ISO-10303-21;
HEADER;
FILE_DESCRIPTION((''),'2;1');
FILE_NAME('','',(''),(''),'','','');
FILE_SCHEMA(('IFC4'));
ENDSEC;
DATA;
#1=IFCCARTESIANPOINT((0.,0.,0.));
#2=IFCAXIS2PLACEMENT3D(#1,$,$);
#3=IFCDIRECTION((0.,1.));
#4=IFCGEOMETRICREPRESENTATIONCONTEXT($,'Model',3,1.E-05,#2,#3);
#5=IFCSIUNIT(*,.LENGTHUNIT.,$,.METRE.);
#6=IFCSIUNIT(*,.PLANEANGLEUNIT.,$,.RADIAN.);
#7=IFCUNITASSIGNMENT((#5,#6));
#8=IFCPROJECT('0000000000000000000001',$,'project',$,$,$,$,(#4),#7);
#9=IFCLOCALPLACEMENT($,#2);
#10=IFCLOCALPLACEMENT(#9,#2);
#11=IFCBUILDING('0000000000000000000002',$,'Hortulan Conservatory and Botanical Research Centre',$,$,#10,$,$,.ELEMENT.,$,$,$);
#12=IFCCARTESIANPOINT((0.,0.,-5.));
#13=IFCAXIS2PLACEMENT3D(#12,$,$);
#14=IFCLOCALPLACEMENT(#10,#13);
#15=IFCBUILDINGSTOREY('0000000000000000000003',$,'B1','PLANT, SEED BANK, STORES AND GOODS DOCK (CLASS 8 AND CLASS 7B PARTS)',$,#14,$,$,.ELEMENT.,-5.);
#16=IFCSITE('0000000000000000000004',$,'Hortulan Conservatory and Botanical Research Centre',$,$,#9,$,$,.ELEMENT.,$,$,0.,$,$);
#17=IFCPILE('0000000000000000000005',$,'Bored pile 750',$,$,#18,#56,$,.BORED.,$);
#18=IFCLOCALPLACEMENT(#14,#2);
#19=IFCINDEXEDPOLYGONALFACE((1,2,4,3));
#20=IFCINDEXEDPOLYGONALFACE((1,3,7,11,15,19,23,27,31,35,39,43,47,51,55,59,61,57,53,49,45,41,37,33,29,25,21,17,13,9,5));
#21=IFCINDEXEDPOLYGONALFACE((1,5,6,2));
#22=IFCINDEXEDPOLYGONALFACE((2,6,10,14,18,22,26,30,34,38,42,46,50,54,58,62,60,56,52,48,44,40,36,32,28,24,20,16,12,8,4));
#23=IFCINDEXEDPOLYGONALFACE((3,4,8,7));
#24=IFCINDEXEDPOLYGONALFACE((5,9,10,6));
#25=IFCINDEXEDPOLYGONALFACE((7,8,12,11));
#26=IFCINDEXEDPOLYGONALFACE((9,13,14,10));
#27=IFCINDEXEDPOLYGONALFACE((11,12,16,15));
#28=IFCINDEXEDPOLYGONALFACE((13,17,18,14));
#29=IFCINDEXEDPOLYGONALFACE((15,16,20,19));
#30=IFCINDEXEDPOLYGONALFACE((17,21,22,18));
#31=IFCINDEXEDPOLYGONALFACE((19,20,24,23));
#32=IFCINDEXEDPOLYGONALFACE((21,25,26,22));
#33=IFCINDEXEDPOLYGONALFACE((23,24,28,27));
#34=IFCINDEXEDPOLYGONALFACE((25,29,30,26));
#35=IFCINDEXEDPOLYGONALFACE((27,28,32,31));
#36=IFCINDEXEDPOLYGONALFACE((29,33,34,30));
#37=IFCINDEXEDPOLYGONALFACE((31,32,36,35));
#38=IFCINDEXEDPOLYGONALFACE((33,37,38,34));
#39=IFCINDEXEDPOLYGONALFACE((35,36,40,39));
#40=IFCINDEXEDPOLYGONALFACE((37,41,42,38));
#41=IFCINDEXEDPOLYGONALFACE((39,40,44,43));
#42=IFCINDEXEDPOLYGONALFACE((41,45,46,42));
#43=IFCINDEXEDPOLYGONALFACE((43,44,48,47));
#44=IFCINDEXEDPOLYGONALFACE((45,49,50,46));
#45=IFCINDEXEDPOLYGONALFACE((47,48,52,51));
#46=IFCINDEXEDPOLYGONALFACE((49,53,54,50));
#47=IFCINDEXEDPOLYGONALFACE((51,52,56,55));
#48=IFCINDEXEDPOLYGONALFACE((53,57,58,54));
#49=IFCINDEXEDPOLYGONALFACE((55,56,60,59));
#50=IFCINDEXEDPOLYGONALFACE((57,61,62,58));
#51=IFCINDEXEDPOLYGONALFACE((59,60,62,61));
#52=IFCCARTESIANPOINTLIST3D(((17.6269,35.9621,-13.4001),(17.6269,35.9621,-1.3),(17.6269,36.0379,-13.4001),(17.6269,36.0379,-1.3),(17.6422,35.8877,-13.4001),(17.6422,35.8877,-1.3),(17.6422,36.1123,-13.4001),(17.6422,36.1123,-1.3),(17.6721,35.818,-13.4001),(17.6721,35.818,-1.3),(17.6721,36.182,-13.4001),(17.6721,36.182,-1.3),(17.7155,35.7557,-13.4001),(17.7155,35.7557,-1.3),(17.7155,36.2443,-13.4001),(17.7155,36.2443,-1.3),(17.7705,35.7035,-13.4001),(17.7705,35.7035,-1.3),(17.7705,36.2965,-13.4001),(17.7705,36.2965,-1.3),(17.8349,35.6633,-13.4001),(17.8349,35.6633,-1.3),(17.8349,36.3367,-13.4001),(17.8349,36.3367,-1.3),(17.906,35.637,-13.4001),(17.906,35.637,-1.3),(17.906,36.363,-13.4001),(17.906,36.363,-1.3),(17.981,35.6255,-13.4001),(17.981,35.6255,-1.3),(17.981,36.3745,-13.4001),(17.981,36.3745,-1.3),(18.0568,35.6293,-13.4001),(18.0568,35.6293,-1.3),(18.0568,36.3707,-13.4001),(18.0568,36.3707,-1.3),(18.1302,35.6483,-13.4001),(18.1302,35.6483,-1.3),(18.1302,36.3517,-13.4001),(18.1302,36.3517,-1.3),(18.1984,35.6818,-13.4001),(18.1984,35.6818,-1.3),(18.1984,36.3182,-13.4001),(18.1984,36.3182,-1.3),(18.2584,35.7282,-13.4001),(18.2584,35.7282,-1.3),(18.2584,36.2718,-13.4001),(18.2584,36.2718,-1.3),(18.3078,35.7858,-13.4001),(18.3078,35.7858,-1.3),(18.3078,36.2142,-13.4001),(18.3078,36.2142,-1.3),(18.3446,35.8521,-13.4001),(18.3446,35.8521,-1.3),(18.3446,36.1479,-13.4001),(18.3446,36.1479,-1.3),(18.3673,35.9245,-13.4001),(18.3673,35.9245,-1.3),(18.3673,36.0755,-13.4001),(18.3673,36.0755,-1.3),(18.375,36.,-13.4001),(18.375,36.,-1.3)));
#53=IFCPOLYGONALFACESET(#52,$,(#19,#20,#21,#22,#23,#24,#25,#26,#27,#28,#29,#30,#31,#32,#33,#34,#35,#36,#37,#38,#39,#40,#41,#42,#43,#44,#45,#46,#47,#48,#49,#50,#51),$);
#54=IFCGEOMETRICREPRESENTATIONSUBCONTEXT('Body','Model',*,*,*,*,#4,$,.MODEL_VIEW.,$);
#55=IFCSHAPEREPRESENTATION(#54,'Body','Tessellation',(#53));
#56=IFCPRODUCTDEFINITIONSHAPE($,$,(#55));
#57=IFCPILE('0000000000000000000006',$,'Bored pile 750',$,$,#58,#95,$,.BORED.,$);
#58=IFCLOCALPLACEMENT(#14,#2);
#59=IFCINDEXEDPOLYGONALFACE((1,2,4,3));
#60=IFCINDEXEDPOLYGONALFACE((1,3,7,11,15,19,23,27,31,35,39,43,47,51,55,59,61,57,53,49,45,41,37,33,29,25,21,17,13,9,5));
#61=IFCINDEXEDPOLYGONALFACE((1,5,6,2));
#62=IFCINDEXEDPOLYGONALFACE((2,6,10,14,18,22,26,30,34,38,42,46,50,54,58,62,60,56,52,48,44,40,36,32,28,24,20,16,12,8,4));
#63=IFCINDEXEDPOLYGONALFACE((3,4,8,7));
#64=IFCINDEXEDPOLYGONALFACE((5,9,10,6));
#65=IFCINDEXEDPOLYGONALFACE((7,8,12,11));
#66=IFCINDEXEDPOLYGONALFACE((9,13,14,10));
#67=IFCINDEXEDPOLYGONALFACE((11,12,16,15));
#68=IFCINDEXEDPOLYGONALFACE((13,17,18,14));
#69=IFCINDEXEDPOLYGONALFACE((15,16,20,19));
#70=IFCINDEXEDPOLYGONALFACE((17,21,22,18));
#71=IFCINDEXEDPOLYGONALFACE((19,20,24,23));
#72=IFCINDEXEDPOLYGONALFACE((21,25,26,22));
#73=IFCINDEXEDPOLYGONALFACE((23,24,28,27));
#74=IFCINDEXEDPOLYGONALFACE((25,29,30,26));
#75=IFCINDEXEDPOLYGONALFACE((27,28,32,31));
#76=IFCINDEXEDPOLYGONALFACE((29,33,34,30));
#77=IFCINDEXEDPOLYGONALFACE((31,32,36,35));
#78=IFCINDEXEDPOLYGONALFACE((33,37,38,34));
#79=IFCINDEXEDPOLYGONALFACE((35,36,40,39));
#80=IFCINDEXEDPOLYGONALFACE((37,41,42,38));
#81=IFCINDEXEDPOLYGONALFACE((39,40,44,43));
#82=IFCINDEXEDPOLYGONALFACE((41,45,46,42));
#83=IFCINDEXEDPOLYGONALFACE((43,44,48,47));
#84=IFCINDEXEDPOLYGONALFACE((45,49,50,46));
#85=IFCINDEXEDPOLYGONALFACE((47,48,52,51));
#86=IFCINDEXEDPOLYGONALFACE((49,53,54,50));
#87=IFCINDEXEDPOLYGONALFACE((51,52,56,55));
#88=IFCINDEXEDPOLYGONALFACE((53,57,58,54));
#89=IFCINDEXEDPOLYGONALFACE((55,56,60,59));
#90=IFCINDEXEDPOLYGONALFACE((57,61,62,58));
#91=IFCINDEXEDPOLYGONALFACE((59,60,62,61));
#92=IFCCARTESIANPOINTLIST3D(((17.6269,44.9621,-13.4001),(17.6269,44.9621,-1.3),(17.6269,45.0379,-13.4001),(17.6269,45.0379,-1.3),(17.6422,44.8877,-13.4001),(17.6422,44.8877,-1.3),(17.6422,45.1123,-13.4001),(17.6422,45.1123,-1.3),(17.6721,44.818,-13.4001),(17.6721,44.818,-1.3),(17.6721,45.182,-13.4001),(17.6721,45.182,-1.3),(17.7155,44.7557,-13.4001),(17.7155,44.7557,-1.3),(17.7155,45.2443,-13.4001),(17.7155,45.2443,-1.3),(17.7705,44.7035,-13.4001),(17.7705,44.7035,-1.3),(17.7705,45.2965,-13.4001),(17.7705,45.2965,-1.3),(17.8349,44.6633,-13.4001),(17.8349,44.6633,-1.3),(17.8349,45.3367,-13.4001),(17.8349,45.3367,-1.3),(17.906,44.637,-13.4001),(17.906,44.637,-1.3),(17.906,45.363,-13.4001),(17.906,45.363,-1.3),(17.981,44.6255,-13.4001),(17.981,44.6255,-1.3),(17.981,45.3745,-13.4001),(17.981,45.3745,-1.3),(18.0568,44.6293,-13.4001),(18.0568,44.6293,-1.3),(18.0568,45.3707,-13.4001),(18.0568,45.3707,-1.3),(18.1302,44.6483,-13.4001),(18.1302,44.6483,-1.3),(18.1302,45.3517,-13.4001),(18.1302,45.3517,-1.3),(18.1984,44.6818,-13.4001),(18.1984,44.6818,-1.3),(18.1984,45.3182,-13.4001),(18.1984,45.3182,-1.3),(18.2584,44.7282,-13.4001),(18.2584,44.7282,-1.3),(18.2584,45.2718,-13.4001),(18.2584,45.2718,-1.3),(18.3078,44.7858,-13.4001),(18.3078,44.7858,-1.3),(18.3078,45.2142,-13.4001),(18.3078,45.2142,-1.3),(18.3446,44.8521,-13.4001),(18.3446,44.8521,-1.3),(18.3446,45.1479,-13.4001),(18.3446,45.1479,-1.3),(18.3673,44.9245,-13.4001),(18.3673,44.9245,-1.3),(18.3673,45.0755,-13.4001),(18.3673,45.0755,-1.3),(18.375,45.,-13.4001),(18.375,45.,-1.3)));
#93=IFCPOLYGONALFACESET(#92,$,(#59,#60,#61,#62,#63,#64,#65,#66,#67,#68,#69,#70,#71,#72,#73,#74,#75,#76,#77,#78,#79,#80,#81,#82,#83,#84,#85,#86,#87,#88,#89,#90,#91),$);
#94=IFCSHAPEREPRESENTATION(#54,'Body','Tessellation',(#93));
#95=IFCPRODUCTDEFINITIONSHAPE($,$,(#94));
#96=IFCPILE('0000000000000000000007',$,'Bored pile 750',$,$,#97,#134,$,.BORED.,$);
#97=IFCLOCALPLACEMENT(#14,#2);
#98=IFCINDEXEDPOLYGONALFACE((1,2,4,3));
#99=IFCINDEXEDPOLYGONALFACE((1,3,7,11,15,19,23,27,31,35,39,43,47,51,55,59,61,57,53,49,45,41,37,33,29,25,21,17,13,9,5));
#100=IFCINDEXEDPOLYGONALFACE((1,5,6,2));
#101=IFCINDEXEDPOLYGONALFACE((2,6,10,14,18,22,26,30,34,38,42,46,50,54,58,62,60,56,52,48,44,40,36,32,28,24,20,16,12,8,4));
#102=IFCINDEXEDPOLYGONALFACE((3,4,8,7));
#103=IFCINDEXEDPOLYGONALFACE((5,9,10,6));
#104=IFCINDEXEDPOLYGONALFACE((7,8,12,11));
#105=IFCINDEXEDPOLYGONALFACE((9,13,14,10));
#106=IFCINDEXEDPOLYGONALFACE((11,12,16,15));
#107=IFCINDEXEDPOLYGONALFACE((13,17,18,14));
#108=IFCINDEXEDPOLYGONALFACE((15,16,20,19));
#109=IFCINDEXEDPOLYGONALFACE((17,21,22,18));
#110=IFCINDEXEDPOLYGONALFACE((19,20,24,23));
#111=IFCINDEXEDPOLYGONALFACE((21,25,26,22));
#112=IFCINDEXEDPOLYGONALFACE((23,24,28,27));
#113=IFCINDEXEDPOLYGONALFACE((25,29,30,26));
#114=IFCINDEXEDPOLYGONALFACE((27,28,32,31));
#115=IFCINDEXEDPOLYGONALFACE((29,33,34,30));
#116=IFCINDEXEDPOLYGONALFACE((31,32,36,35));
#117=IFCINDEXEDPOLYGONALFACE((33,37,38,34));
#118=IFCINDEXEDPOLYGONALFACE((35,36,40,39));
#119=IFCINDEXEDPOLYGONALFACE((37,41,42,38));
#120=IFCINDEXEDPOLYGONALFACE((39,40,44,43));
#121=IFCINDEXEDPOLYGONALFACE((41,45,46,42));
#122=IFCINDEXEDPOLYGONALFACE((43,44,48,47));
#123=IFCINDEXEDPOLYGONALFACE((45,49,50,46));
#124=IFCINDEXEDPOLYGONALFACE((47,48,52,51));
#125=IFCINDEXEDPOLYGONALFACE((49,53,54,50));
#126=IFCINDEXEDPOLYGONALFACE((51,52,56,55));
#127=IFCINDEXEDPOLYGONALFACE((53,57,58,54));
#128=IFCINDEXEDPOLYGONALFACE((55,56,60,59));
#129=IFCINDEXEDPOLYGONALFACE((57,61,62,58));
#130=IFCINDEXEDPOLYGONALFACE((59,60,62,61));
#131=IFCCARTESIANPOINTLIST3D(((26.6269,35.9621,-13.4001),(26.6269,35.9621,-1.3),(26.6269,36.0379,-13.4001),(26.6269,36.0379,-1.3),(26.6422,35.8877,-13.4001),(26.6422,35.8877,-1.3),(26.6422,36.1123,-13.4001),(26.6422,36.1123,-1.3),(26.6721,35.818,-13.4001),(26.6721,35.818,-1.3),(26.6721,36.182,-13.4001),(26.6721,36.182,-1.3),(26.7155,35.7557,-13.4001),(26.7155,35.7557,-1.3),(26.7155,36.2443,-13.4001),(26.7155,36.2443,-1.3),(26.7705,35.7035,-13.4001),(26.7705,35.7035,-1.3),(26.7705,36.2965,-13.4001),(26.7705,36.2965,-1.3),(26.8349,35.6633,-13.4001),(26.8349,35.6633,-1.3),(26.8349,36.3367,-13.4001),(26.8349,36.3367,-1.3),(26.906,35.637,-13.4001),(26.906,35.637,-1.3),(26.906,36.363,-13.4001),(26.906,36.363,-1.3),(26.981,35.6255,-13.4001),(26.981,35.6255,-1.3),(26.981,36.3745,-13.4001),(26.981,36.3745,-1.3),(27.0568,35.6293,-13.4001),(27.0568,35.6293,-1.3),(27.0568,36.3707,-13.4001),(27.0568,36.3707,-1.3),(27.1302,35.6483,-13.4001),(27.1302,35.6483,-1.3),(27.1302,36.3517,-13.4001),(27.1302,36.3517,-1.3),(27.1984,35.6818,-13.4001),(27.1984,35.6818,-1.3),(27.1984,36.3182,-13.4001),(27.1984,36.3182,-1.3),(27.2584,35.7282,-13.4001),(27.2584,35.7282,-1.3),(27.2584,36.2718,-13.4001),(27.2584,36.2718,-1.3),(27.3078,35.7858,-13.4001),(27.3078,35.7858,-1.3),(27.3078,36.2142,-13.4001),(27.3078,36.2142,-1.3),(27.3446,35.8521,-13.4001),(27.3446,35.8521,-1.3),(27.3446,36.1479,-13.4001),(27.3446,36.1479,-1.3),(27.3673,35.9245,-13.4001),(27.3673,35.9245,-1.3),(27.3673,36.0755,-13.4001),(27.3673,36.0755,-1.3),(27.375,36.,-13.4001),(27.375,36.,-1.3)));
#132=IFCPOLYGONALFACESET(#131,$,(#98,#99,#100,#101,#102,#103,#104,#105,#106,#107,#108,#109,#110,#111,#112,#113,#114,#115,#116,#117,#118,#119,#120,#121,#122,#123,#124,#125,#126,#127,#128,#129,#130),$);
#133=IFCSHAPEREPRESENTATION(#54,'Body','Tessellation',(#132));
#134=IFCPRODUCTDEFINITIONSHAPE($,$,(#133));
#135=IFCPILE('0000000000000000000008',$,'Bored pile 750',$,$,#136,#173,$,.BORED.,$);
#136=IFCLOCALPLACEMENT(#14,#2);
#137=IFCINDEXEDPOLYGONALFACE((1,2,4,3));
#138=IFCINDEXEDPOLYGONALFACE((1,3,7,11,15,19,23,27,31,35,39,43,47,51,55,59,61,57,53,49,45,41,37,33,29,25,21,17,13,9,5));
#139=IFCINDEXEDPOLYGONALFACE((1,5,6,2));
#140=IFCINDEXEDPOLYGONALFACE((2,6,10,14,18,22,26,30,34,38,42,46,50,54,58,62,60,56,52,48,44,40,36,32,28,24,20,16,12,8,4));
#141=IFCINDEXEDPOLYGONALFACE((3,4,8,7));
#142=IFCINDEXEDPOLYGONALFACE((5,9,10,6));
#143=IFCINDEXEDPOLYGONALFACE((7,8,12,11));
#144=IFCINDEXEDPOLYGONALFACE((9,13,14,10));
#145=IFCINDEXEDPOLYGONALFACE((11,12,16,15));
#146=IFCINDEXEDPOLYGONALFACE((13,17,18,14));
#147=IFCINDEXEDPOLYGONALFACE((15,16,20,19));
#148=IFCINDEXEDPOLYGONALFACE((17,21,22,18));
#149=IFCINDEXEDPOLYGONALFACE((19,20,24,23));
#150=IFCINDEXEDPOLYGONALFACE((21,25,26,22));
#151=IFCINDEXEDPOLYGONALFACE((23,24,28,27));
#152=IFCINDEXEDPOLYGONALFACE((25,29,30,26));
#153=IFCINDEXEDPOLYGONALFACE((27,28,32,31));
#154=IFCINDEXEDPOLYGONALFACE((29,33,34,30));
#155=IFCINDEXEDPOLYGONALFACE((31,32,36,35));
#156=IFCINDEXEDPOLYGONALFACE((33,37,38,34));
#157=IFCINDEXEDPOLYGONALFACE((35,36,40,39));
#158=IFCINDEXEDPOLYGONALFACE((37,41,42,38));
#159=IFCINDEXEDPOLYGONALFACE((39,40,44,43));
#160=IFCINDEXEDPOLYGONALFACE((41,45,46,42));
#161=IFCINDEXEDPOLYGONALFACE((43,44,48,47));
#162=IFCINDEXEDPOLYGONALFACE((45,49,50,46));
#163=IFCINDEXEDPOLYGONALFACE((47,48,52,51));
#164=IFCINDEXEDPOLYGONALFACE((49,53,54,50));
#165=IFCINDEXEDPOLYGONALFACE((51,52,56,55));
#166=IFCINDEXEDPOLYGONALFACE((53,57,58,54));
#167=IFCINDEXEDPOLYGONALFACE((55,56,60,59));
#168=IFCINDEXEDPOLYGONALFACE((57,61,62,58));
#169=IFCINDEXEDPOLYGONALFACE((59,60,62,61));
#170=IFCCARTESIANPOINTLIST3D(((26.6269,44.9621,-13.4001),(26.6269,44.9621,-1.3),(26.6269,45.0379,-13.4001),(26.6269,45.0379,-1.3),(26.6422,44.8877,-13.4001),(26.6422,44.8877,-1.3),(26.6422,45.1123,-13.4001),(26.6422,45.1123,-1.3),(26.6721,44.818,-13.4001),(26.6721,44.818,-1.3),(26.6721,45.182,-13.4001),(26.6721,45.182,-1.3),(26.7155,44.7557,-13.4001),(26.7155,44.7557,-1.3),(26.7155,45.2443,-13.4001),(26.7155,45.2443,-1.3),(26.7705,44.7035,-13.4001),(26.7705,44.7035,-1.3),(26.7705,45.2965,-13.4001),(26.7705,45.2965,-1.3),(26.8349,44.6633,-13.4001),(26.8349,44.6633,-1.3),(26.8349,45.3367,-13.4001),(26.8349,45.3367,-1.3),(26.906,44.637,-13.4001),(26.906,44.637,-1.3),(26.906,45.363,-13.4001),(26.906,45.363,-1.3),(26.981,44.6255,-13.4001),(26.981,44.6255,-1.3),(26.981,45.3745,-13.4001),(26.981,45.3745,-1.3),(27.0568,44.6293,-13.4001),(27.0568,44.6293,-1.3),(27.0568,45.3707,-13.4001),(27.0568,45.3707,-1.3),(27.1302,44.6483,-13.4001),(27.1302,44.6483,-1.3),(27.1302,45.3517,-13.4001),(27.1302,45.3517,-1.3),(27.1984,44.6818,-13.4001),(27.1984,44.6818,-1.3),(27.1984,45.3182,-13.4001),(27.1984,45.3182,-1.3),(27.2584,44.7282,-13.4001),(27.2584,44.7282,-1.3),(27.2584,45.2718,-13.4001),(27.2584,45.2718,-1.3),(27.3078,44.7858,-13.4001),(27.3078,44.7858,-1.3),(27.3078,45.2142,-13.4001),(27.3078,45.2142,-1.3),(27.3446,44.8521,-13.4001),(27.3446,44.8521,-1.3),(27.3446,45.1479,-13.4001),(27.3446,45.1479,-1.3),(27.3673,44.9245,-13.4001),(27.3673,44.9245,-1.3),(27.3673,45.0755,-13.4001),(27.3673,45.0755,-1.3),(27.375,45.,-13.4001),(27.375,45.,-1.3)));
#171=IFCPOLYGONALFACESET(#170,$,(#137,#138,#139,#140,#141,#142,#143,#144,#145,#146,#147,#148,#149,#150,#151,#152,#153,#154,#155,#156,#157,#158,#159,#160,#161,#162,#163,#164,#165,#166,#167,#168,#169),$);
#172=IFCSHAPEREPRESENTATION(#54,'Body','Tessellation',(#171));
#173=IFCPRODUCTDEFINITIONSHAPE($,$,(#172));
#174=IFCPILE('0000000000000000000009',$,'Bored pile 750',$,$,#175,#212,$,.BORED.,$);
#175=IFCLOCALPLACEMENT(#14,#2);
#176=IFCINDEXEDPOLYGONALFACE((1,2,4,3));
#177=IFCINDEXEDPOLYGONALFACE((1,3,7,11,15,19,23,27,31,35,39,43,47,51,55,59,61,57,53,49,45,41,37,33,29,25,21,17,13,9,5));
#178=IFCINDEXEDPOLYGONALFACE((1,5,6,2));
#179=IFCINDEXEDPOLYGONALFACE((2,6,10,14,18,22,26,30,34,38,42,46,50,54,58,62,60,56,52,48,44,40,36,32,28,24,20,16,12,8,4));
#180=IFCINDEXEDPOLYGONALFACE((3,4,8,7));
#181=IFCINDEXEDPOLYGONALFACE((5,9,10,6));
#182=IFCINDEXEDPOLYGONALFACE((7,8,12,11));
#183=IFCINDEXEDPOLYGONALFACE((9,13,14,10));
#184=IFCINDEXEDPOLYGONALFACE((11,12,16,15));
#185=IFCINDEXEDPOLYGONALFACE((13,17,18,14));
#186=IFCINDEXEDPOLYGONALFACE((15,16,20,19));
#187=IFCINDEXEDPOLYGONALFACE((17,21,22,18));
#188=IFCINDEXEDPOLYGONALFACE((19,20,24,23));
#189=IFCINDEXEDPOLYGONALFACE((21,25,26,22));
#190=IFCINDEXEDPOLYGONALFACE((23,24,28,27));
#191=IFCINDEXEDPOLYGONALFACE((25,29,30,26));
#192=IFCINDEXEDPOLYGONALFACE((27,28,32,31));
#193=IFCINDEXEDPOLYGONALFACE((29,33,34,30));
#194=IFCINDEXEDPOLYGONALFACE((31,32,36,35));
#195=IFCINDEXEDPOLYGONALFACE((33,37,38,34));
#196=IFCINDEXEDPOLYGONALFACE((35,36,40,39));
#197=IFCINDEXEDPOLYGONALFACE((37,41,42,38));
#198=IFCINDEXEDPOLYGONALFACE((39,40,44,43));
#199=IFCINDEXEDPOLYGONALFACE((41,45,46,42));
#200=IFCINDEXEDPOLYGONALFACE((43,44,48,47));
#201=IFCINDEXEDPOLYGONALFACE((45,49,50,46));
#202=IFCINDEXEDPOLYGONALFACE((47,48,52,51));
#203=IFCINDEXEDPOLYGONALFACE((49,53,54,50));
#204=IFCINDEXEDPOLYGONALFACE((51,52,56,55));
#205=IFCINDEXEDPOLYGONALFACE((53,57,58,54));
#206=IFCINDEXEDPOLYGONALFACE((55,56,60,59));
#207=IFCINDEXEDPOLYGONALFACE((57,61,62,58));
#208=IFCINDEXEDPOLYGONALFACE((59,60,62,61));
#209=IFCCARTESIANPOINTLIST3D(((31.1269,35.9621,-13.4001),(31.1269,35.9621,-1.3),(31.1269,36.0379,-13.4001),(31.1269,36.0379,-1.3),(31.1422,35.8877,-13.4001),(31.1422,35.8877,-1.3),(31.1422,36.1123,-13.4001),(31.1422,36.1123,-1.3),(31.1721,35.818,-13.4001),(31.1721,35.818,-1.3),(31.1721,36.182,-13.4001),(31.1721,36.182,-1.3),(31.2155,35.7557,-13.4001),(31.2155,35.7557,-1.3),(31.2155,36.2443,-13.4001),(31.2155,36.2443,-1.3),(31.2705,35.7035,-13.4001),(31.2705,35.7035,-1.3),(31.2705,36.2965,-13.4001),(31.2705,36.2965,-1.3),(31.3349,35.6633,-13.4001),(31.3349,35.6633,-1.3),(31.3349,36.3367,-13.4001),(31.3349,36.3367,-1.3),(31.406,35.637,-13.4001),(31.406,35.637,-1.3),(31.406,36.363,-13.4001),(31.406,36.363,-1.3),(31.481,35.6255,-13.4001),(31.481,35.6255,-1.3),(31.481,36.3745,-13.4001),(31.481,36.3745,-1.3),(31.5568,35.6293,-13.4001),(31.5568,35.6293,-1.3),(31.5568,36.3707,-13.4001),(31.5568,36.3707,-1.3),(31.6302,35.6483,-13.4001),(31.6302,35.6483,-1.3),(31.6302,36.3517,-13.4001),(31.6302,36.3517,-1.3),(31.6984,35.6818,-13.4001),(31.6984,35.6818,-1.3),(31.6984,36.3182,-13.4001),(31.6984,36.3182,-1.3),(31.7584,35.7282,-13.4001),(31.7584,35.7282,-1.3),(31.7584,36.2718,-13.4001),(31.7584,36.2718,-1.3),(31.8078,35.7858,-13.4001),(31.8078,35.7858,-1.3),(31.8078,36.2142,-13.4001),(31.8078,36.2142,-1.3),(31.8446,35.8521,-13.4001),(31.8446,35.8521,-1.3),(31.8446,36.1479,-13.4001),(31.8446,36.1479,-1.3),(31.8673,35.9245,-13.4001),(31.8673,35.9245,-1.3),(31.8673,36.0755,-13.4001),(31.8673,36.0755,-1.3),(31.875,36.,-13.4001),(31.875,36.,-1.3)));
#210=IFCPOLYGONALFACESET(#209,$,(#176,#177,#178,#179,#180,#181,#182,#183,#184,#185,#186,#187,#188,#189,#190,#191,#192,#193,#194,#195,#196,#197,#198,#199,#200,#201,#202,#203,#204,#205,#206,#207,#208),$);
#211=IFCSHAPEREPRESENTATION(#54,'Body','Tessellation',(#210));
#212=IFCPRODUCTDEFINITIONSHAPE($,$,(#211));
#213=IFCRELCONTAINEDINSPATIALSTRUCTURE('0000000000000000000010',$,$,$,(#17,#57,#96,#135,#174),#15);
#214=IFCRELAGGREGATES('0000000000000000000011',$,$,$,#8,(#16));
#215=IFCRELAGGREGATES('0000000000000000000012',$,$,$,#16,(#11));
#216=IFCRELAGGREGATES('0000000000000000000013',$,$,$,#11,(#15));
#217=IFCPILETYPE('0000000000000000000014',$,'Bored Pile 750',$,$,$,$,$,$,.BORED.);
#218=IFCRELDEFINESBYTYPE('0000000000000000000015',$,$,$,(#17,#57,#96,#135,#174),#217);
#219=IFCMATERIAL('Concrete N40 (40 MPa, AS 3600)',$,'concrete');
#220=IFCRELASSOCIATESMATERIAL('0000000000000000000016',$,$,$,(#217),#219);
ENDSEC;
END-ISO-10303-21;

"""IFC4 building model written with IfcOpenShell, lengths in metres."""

from ifc_helpers import new_model, si_unit, direction, frame, origin, origin_2d, place, context, subcontext, project, spatial, circle, extrude, material, material_profile, profile_set, type_object, element, save


model = new_model("IFC4")

# Units and contexts
model_context = context("Model", 3, precision=1e-05, world=origin(), true_north=direction((0.0, 1.0)))
body_context = subcontext(model_context, "Body", "Model", "MODEL_VIEW")
ifc_project = project(units=[si_unit("LENGTHUNIT", "METRE"), si_unit("PLANEANGLEUNIT", "RADIAN")], contexts=[model_context])

# Site, building, storey
site_placement = place(None, origin())
site = spatial("IfcSite", under=ifc_project, at=site_placement, Name="Hortulan Conservatory and Botanical Research Centre", CompositionType="ELEMENT", RefElevation=0.0)
building_placement = place(site_placement, origin())
building = spatial("IfcBuilding", under=site, at=building_placement, Name="Hortulan Conservatory and Botanical Research Centre", CompositionType="ELEMENT")
storey_placement = place(building_placement, frame((0.0, 0.0, -5.0)))
storey = spatial("IfcBuildingStorey", under=building, at=storey_placement, Name="B1", Description="PLANT, SEED BANK, STORES AND GOODS DOCK (CLASS 8 AND CLASS 7B PARTS)", CompositionType="ELEMENT", Elevation=-5.0)

# Piles
ifc_material_1 = material(Name="Concrete N40 (40 MPa, AS 3600)", Category="concrete")
ifc_material_profile_1 = material_profile(ifc_material_1, circle(Radius=0.375, at=origin_2d()), Name="Bored pile 750 diameter")
ifc_profile_set_1 = profile_set([ifc_material_profile_1], Name="Concrete N40 (40 MPa, AS 3600)")
pile_type = type_object("IfcPileType", Name="Bored Pile 750", PredefinedType="BORED", material=ifc_profile_set_1)
for number, where, z_axis, x_axis, name in (
    (1, (18.0, 36.0, -1.3), (0.0, 0.0, -1.0), (1.0, 0.0, 0.0), "Bored pile 750"),
    (2, (18.0, 45.0, -1.3), (0.0, 0.0, -1.0), (1.0, 0.0, 0.0), "Bored pile 750"),
    (3, (27.0, 36.0, -1.3), (0.0, 0.0, -1.0), (1.0, 0.0, 0.0), "Bored pile 750"),
    (4, (27.0, 45.0, -1.3), (0.0, 0.0, -1.0), (1.0, 0.0, 0.0), "Bored pile 750"),
    (5, (31.5, 36.0, -1.3), (0.0, 0.0, -1.0), (1.0, 0.0, 0.0), "Bored pile 750"),
):
    element("IfcPile", number, at=place(storey_placement, frame(where, z_axis=z_axis, x_axis=x_axis)), inside=storey, type_object=pile_type, Name=name, PredefinedType="BORED", context=body_context, shape_type="SweptSolid", body=[
        extrude(circle(Radius=0.375, at=origin_2d()), origin(), (0.0, 0.0, 1.0), 12.1001),
    ])

save(model, "model.ifc")
